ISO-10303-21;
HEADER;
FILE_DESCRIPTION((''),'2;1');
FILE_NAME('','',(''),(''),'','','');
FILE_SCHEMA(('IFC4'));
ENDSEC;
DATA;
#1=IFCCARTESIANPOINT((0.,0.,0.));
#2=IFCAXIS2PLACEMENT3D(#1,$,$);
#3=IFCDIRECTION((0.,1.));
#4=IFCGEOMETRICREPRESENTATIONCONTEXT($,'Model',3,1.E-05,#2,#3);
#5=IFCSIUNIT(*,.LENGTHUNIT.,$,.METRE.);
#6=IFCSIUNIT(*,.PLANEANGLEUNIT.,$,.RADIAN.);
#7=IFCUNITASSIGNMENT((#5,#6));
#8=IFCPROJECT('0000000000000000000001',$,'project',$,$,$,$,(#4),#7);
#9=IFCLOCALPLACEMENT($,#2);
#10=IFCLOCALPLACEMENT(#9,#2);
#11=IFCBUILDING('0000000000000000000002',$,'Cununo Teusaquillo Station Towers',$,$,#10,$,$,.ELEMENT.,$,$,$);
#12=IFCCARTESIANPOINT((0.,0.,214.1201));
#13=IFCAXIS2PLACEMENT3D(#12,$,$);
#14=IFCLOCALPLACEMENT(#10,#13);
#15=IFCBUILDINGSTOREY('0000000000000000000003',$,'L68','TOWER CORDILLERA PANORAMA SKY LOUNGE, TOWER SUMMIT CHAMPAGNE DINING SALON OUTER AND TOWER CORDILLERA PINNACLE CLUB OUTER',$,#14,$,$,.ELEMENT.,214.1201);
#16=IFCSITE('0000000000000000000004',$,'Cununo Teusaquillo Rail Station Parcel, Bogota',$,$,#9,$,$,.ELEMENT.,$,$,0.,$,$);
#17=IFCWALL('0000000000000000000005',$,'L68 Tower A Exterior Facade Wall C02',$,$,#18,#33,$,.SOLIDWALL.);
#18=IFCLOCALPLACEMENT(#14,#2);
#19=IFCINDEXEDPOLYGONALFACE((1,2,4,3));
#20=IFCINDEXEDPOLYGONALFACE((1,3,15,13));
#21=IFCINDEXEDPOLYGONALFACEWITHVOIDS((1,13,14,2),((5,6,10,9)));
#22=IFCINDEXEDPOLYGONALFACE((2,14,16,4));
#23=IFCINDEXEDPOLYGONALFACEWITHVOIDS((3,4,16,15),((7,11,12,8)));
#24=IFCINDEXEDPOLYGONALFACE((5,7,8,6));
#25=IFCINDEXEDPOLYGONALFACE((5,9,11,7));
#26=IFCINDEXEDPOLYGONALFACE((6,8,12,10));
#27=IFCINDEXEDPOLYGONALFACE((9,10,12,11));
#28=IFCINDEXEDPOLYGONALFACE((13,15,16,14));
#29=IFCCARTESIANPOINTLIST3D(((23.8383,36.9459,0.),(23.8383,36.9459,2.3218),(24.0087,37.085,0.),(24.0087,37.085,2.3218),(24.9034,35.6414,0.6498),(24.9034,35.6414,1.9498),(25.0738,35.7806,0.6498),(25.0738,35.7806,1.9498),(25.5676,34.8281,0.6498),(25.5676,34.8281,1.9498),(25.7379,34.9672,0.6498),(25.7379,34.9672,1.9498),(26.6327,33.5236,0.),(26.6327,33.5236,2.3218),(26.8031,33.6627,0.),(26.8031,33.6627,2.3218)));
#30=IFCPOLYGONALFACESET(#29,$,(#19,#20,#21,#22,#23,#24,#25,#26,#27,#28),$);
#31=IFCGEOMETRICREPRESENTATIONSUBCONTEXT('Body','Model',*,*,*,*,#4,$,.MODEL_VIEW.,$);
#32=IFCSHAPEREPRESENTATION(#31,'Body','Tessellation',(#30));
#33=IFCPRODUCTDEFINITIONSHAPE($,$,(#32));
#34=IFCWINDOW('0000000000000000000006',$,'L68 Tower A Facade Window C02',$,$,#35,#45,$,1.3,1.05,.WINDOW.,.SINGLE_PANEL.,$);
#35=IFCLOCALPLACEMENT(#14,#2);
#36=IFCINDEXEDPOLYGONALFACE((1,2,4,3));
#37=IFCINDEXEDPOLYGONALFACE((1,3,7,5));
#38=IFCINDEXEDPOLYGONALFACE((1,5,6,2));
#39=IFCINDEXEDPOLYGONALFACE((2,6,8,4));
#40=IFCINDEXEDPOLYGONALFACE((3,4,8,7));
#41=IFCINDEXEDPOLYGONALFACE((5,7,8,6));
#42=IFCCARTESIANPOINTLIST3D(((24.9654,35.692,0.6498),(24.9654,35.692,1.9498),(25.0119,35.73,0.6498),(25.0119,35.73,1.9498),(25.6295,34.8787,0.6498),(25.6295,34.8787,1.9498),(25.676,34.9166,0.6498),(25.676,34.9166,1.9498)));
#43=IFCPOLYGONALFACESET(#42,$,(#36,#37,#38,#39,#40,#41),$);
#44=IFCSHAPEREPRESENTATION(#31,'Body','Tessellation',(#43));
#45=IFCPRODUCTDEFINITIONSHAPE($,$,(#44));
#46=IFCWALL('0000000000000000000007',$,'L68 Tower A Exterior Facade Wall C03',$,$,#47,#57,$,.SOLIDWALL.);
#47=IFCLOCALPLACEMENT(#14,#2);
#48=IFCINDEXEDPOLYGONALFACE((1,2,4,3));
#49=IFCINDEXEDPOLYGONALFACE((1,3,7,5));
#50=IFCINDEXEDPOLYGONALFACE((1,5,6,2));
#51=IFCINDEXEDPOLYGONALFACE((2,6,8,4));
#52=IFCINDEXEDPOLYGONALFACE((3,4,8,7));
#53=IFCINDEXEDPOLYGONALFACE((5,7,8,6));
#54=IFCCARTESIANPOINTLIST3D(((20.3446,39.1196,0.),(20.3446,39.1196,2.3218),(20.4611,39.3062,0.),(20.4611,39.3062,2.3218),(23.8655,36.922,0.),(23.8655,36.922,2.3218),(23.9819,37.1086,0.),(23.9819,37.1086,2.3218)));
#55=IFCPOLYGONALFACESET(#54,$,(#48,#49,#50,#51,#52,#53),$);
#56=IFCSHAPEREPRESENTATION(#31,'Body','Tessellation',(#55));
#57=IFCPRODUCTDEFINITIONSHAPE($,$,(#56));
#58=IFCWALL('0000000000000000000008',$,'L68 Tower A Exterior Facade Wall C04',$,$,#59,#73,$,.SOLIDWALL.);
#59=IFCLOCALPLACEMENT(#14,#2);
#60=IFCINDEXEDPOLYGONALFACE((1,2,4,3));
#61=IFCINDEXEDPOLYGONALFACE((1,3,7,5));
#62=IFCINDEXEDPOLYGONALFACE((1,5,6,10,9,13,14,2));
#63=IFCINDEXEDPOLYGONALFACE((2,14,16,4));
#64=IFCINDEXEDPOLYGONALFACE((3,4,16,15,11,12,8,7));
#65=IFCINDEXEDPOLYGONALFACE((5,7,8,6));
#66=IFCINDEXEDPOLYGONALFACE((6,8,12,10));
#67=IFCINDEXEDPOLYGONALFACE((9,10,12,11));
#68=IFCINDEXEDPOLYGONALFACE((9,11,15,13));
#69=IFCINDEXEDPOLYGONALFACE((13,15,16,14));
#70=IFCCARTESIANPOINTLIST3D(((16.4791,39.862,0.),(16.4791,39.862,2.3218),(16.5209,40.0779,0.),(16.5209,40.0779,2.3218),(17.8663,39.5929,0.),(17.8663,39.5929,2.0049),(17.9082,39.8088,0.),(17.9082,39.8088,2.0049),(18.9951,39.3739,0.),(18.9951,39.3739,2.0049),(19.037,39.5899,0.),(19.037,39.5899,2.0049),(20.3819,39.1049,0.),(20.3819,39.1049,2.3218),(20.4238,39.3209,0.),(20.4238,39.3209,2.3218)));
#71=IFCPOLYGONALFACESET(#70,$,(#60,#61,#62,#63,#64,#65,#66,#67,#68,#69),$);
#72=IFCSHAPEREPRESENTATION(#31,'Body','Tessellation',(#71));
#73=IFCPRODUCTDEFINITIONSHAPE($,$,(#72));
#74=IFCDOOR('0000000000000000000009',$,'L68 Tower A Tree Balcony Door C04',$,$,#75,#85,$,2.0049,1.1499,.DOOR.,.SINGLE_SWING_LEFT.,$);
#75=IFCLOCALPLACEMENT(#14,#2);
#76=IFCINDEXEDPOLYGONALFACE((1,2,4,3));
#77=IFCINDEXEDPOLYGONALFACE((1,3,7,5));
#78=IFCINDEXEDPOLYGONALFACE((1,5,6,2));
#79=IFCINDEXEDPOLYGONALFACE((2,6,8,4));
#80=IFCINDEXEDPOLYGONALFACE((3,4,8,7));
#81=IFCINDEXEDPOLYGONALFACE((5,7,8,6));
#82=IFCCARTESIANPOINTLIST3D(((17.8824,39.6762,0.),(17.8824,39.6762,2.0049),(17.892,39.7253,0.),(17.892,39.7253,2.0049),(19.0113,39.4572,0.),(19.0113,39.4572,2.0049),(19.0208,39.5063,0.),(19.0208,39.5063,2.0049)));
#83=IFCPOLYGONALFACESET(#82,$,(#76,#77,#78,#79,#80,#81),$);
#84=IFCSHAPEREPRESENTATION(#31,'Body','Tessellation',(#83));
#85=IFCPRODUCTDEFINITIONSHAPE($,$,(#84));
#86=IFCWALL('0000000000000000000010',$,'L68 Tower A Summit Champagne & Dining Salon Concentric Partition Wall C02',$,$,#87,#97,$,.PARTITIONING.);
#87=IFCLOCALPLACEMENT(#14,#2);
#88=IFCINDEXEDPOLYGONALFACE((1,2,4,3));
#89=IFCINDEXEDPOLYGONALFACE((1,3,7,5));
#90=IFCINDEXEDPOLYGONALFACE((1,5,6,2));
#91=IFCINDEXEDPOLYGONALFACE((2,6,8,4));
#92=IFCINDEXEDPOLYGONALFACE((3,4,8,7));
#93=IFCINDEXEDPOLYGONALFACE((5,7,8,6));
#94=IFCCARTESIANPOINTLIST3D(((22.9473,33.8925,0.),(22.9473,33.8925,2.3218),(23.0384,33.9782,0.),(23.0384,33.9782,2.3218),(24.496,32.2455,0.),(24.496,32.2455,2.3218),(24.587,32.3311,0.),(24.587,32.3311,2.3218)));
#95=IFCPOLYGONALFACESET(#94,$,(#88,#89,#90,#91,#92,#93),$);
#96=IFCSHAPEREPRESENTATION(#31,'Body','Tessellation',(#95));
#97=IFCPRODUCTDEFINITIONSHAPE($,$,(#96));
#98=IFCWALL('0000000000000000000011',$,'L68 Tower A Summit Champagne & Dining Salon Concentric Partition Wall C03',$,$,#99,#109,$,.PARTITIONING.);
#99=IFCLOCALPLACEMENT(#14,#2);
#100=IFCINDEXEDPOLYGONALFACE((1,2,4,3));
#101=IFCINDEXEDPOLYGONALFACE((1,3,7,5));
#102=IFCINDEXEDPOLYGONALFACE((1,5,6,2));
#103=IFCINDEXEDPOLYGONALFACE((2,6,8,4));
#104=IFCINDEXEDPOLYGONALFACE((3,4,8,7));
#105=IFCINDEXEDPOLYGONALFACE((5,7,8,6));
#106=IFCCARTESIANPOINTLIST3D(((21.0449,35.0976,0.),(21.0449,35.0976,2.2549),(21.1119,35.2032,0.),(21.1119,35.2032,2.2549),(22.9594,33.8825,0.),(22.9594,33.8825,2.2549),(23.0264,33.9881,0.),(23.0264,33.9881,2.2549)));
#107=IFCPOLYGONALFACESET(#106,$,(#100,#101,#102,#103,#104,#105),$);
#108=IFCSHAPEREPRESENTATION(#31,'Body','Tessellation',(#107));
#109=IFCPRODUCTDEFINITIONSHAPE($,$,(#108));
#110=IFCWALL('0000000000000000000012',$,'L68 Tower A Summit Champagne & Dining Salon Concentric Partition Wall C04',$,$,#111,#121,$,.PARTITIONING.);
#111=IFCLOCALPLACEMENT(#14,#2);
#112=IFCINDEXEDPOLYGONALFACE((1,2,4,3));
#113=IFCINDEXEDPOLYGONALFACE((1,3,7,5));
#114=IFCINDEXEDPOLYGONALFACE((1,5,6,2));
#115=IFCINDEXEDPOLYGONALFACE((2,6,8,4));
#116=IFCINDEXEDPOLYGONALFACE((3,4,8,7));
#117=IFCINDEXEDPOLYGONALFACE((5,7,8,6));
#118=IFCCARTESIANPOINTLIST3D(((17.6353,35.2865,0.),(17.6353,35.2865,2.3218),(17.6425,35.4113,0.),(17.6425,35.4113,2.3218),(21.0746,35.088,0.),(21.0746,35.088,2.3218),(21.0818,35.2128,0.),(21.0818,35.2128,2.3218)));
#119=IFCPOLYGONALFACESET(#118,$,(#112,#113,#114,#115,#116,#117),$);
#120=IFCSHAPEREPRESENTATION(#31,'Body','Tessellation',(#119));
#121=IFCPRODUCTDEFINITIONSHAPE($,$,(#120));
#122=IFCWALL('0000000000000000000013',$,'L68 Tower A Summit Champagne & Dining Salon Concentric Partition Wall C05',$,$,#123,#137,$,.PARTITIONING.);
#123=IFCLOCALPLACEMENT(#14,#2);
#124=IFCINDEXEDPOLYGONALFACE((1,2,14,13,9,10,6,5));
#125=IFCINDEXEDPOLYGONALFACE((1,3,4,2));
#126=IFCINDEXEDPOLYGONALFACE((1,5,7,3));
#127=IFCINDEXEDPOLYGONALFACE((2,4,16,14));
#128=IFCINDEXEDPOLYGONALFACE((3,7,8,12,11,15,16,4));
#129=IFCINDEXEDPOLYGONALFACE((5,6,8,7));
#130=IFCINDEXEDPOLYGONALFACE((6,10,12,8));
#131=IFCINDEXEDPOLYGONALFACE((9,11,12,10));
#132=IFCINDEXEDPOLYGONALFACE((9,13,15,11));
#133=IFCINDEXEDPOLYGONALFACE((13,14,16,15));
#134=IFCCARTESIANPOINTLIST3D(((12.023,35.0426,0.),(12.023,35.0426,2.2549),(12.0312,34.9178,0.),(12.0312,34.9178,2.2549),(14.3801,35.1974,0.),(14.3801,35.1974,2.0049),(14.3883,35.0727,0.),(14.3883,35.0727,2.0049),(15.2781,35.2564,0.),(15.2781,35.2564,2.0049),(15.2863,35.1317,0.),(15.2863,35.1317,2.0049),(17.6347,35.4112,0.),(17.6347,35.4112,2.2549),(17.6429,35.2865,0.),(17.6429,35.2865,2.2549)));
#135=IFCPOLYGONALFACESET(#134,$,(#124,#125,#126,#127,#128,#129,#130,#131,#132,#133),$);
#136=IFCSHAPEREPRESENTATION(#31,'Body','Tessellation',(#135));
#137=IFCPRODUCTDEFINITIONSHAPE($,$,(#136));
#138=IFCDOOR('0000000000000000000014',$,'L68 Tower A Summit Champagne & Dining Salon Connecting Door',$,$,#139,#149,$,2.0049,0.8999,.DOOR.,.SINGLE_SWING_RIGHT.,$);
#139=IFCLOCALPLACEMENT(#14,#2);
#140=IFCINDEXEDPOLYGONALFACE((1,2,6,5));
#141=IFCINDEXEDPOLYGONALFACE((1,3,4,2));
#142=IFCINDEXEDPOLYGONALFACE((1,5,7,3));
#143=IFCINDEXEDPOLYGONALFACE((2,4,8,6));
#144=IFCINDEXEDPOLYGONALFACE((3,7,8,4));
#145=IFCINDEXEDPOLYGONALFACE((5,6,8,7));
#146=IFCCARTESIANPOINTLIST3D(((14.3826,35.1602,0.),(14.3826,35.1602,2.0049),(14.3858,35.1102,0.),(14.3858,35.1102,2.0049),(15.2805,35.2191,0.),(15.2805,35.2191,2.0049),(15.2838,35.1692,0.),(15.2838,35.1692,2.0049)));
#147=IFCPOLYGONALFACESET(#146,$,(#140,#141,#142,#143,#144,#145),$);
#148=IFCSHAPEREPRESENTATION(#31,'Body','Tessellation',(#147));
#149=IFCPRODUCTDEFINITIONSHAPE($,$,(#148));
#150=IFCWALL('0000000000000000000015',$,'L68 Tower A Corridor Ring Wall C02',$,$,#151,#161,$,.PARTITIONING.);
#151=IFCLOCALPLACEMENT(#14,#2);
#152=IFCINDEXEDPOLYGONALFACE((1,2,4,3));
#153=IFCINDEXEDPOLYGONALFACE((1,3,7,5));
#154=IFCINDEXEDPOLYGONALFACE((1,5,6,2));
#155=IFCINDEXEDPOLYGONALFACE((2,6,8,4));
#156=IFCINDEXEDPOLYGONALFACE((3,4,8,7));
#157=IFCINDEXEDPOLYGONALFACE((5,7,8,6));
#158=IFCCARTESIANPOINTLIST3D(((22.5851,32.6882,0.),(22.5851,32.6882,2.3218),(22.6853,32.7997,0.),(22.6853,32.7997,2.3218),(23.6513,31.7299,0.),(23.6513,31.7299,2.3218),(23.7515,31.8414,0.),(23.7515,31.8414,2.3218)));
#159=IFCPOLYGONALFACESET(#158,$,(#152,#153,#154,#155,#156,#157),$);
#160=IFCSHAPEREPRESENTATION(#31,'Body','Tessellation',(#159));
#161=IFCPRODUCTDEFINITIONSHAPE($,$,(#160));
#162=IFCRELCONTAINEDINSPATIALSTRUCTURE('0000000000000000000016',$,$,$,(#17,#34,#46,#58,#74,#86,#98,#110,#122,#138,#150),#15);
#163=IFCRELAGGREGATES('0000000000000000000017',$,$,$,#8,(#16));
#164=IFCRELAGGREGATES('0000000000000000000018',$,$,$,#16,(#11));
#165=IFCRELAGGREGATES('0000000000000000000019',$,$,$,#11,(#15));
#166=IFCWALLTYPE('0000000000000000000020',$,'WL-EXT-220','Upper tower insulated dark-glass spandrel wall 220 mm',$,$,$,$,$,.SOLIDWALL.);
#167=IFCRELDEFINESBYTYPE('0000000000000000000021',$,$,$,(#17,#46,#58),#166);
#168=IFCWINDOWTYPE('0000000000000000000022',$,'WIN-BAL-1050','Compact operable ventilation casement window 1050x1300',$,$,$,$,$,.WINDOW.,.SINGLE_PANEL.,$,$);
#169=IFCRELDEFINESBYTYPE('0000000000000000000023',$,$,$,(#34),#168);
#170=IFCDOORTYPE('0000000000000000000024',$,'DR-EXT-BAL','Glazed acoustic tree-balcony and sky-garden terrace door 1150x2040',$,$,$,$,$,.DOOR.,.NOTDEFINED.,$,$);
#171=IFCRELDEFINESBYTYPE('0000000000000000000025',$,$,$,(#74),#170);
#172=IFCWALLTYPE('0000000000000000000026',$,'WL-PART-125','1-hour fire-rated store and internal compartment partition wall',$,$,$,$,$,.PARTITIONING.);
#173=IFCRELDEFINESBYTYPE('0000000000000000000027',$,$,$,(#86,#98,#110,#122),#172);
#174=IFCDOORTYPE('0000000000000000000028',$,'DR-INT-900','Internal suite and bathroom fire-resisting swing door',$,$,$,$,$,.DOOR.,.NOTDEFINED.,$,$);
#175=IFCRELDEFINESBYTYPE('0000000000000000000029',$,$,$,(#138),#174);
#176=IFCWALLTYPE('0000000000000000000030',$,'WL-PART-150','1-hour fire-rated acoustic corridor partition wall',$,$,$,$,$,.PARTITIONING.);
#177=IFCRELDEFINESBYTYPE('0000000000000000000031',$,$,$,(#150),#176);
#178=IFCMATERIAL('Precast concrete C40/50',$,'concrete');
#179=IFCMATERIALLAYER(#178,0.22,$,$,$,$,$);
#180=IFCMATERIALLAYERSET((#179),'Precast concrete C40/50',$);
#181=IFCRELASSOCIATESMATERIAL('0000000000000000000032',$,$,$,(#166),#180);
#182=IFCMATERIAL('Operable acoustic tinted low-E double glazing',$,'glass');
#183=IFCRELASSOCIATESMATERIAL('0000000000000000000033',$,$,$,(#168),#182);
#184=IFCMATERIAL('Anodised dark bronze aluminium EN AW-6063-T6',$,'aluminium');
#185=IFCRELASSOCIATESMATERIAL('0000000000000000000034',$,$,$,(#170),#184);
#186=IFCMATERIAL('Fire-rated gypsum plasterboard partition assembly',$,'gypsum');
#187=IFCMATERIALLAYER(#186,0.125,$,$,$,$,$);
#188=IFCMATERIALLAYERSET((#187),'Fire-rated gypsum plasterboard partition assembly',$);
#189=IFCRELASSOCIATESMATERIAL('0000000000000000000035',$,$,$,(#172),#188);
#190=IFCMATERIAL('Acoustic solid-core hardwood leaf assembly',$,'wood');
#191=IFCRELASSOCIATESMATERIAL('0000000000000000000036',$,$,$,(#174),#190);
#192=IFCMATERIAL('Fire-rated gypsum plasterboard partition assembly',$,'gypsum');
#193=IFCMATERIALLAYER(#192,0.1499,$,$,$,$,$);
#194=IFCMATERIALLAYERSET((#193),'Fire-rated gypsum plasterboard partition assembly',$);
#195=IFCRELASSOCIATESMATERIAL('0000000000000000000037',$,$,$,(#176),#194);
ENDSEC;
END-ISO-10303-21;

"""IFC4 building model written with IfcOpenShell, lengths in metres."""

from ifc_helpers import new_model, si_unit, direction, frame, frame_2d, origin, place, context, subcontext, project, spatial, rectangle, extrude, source, transform, mapped, material, layer, layer_set, type_object, element, fill, save


model = new_model("IFC4")

# Units and contexts
model_context = context("Model", 3, precision=1e-05, world=origin(), true_north=direction((0.0, 1.0)))
body_context = subcontext(model_context, "Body", "Model", "MODEL_VIEW")
ifc_project = project(units=[si_unit("LENGTHUNIT", "METRE"), si_unit("PLANEANGLEUNIT", "RADIAN")], contexts=[model_context])

# Site, building, storey
site_placement = place(None, origin())
site = spatial("IfcSite", under=ifc_project, at=site_placement, Name="Cununo Teusaquillo Rail Station Parcel, Bogota", CompositionType="ELEMENT", RefElevation=0.0)
building_placement = place(site_placement, origin())
building = spatial("IfcBuilding", under=site, at=building_placement, Name="Cununo Teusaquillo Station Towers", CompositionType="ELEMENT")
storey_placement = place(building_placement, frame((0.0, 0.0, 214.1201)))
storey = spatial("IfcBuildingStorey", under=building, at=storey_placement, Name="L68", Description="TOWER CORDILLERA PANORAMA SKY LOUNGE, TOWER SUMMIT CHAMPAGNE DINING SALON OUTER AND TOWER CORDILLERA PINNACLE CLUB OUTER", CompositionType="ELEMENT", Elevation=214.1201)

# Shared definitions
ifc_material_1 = material(Name="Precast concrete C40/50", Category="concrete")
ifc_layer_1 = layer(ifc_material_1, 0.22)
ifc_layer_set_1 = layer_set([ifc_layer_1], Name="Precast concrete C40/50")
wall_type_1 = type_object("IfcWallType", Name="WL-EXT-220", Description="Upper tower insulated dark-glass spandrel wall 220 mm", PredefinedType="SOLIDWALL", material=ifc_layer_set_1)

# Wall, opening, window
wall_1_placement = place(storey_placement, frame((23.9236, 37.0154, 0.0), z_axis=(0.0, 0.0, 1.0), x_axis=(0.632467, -0.774587, 0.0)))
wall_1 = element("IfcWall", 1, at=wall_1_placement, inside=storey, type_object=wall_type_1, Name="L68 Tower A Exterior Facade Wall C02", PredefinedType="SOLIDWALL", context=body_context, shape_type="SweptSolid", body=[
    extrude(rectangle(XDim=4.4182, YDim=0.22, at=frame_2d((2.209, 0.0))), origin(), (0.0, 0.0, 1.0), 2.3218),
])
shared_shape_1 = source(origin(), body_context, "Body", "SweptSolid", [
    extrude(rectangle(XDim=1.05, YDim=1.3, at=frame_2d((0.5249, 0.6499))), frame((0.0, 0.1199, 0.0), z_axis=(0.0, -1.0, 0.0), x_axis=(1.0, 0.0, 0.0)), (0.0, 0.0, 1.0), 0.24),
])
opening_1_placement = place(wall_1_placement, frame((1.6841, 0.0, 0.6499)))
opening_1 = element("IfcOpeningElement", 2, at=opening_1_placement, cuts=wall_1, PredefinedType="OPENING", context=body_context, shape_type="MappedRepresentation", body=[
    mapped(shared_shape_1, transform((0.0, 0.0, 0.0), x_axis=(1.0, 0.0, 0.0), y_axis=(0.0, 1.0, 0.0), z_axis=(0.0, 0.0, 1.0), scale=1.0)),
])
ifc_material_2 = material(Name="Operable acoustic tinted low-E double glazing", Category="glass")
window_type = type_object("IfcWindowType", Name="WIN-BAL-1050", Description="Compact operable ventilation casement window 1050x1300", PartitioningType="SINGLE_PANEL", PredefinedType="WINDOW", material=ifc_material_2)
shared_shape_2 = source(origin(), body_context, "Body", "SweptSolid", [
    extrude(rectangle(XDim=1.05, YDim=1.3, at=frame_2d((0.5249, 0.6499))), frame((0.0, 0.03, 0.0), z_axis=(0.0, -1.0, 0.0), x_axis=(1.0, 0.0, 0.0)), (0.0, 0.0, 1.0), 0.0601),
])
window_placement = place(opening_1_placement, origin())
window = element("IfcWindow", 3, at=window_placement, inside=storey, type_object=window_type, Name="L68 Tower A Facade Window C02", OverallHeight=1.3, OverallWidth=1.05, PartitioningType="SINGLE_PANEL", PredefinedType="WINDOW", context=body_context, shape_type="MappedRepresentation", body=[
    mapped(shared_shape_2, transform((0.0, 0.0, 0.0), x_axis=(1.0, 0.0, 0.0), y_axis=(0.0, 1.0, 0.0), z_axis=(0.0, 0.0, 1.0), scale=1.0)),
])
fill(opening_1, window)

# Wall
wall_2_placement = place(storey_placement, frame((20.4028, 39.2129, 0.0), z_axis=(0.0, 0.0, 1.0), x_axis=(0.848319, -0.529486, 0.0)))
element("IfcWall", 4, at=wall_2_placement, inside=storey, type_object=wall_type_1, Name="L68 Tower A Exterior Facade Wall C03", PredefinedType="SOLIDWALL", context=body_context, shape_type="SweptSolid", body=[
    extrude(rectangle(XDim=4.1504, YDim=0.22, at=frame_2d((2.0752, 0.0))), origin(), (0.0, 0.0, 1.0), 2.3218),
])

# Wall, opening, door
wall_3_placement = place(storey_placement, frame((16.5, 39.97, 0.0), z_axis=(0.0, 0.0, 1.0), x_axis=(0.9817, -0.190432, 0.0)))
wall_3 = element("IfcWall", 5, at=wall_3_placement, inside=storey, type_object=wall_type_1, Name="L68 Tower A Exterior Facade Wall C04", PredefinedType="SOLIDWALL", context=body_context, shape_type="SweptSolid", body=[
    extrude(rectangle(XDim=3.9756, YDim=0.22, at=frame_2d((1.9878, 0.0))), origin(), (0.0, 0.0, 1.0), 2.3218),
])
shared_shape_3 = source(origin(), body_context, "Body", "SweptSolid", [
    extrude(rectangle(XDim=1.1499, YDim=2.0049, at=frame_2d((0.575, 1.0024))), frame((0.0, 0.1199, 0.0), z_axis=(0.0, -1.0, 0.0), x_axis=(1.0, 0.0, 0.0)), (0.0, 0.0, 1.0), 0.24),
])
opening_2_placement = place(wall_3_placement, frame((1.4131, 0.0, 0.0)))
opening_2 = element("IfcOpeningElement", 6, at=opening_2_placement, cuts=wall_3, PredefinedType="OPENING", context=body_context, shape_type="MappedRepresentation", body=[
    mapped(shared_shape_3, transform((0.0, 0.0, 0.0), x_axis=(1.0, 0.0, 0.0), y_axis=(0.0, 1.0, 0.0), z_axis=(0.0, 0.0, 1.0), scale=1.0)),
])
ifc_material_3 = material(Name="Anodised dark bronze aluminium EN AW-6063-T6", Category="aluminium")
door_type_1 = type_object("IfcDoorType", Name="DR-EXT-BAL", Description="Glazed acoustic tree-balcony and sky-garden terrace door 1150x2040", OperationType="NOTDEFINED", PredefinedType="DOOR", material=ifc_material_3)
shared_shape_4 = source(origin(), body_context, "Body", "SweptSolid", [
    extrude(rectangle(XDim=1.1499, YDim=2.0049, at=frame_2d((0.575, 1.0024))), frame((0.0, 0.0249, 0.0), z_axis=(0.0, -1.0, 0.0), x_axis=(1.0, 0.0, 0.0)), (0.0, 0.0, 1.0), 0.05),
])
door_1_placement = place(opening_2_placement, origin())
door_1 = element("IfcDoor", 7, at=door_1_placement, inside=storey, type_object=door_type_1, Name="L68 Tower A Tree Balcony Door C04", OperationType="SINGLE_SWING_LEFT", OverallHeight=2.0049, OverallWidth=1.1499, PredefinedType="DOOR", context=body_context, shape_type="MappedRepresentation", body=[
    mapped(shared_shape_4, transform((0.0, 0.0, 0.0), x_axis=(1.0, 0.0, 0.0), y_axis=(0.0, 1.0, 0.0), z_axis=(0.0, 0.0, 1.0), scale=1.0)),
])
fill(opening_2, door_1)

# Walls
ifc_material_4 = material(Name="Fire-rated gypsum plasterboard partition assembly", Category="gypsum")
ifc_layer_2 = layer(ifc_material_4, 0.125)
ifc_layer_set_2 = layer_set([ifc_layer_2], Name="Fire-rated gypsum plasterboard partition assembly")
wall_type_2 = type_object("IfcWallType", Name="WL-PART-125", Description="1-hour fire-rated store and internal compartment partition wall", PredefinedType="PARTITIONING", material=ifc_layer_set_2)
wall_4_placement = place(storey_placement, frame((24.5415, 32.2883, 0.0), z_axis=(0.0, 0.0, 1.0), x_axis=(-0.685011, 0.728533, 0.0)))
element("IfcWall", 8, at=wall_4_placement, inside=storey, type_object=wall_type_2, Name="L68 Tower A Summit Champagne & Dining Salon Concentric Partition Wall C02", PredefinedType="PARTITIONING", context=body_context, shape_type="SweptSolid", body=[
    extrude(rectangle(XDim=2.2607, YDim=0.125, at=frame_2d((1.1304, 0.0))), origin(), (0.0, 0.0, 1.0), 2.3218),
])
wall_5_placement = place(storey_placement, frame((22.9929, 33.9353, 0.0), z_axis=(0.0, 0.0, 1.0), x_axis=(-0.844313, 0.535851, 0.0)))
element("IfcWall", 9, at=wall_5_placement, inside=storey, type_object=wall_type_2, Name="L68 Tower A Summit Champagne & Dining Salon Concentric Partition Wall C03", PredefinedType="PARTITIONING", context=body_context, shape_type="SweptSolid", body=[
    extrude(rectangle(XDim=2.2676, YDim=0.125, at=frame_2d((1.1338, 0.0))), origin(), (0.0, 0.0, 1.0), 2.2549),
])
wall_6_placement = place(storey_placement, frame((21.0784, 35.1504, 0.0), z_axis=(0.0, 0.0, 1.0), x_axis=(-0.998339, 0.057613, 0.0)))
element("IfcWall", 10, at=wall_6_placement, inside=storey, type_object=wall_type_2, Name="L68 Tower A Summit Champagne & Dining Salon Concentric Partition Wall C04", PredefinedType="PARTITIONING", context=body_context, shape_type="SweptSolid", body=[
    extrude(rectangle(XDim=3.4451, YDim=0.125, at=frame_2d((1.7227, 0.0))), origin(), (0.0, 0.0, 1.0), 2.3218),
])

# Wall, opening, door
wall_7_placement = place(storey_placement, frame((17.6389, 35.3489, 0.0), z_axis=(0.0, 0.0, 1.0), x_axis=(-0.997849, -0.065554, 0.0)))
wall_7 = element("IfcWall", 11, at=wall_7_placement, inside=storey, type_object=wall_type_2, Name="L68 Tower A Summit Champagne & Dining Salon Concentric Partition Wall C05", PredefinedType="PARTITIONING", context=body_context, shape_type="SweptSolid", body=[
    extrude(rectangle(XDim=5.6238, YDim=0.125, at=frame_2d((2.812, 0.0))), origin(), (0.0, 0.0, 1.0), 2.2549),
])
shared_shape_5 = source(origin(), body_context, "Body", "SweptSolid", [
    extrude(rectangle(XDim=0.8999, YDim=2.0049, at=frame_2d((0.45, 1.0024))), frame((0.0, 0.0725, 0.0), z_axis=(0.0, -1.0, 0.0), x_axis=(1.0, 0.0, 0.0)), (0.0, 0.0, 1.0), 0.145),
])
opening_3_placement = place(wall_7_placement, frame((2.3618, 0.0, 0.0)))
opening_3 = element("IfcOpeningElement", 12, at=opening_3_placement, cuts=wall_7, PredefinedType="OPENING", context=body_context, shape_type="MappedRepresentation", body=[
    mapped(shared_shape_5, transform((0.0, 0.0, 0.0), x_axis=(1.0, 0.0, 0.0), y_axis=(0.0, 1.0, 0.0), z_axis=(0.0, 0.0, 1.0), scale=1.0)),
])
ifc_material_5 = material(Name="Acoustic solid-core hardwood leaf assembly", Category="wood")
door_type_2 = type_object("IfcDoorType", Name="DR-INT-900", Description="Internal suite and bathroom fire-resisting swing door", OperationType="NOTDEFINED", PredefinedType="DOOR", material=ifc_material_5)
shared_shape_6 = source(origin(), body_context, "Body", "SweptSolid", [
    extrude(rectangle(XDim=0.8999, YDim=2.0049, at=frame_2d((0.45, 1.0024))), frame((0.0, 0.0249, 0.0), z_axis=(0.0, -1.0, 0.0), x_axis=(1.0, 0.0, 0.0)), (0.0, 0.0, 1.0), 0.05),
])
door_2_placement = place(opening_3_placement, origin())
door_2 = element("IfcDoor", 13, at=door_2_placement, inside=storey, type_object=door_type_2, Name="L68 Tower A Summit Champagne & Dining Salon Connecting Door", OperationType="SINGLE_SWING_RIGHT", OverallHeight=2.0049, OverallWidth=0.8999, PredefinedType="DOOR", context=body_context, shape_type="MappedRepresentation", body=[
    mapped(shared_shape_6, transform((0.0, 0.0, 0.0), x_axis=(1.0, 0.0, 0.0), y_axis=(0.0, 1.0, 0.0), z_axis=(0.0, 0.0, 1.0), scale=1.0)),
])
fill(opening_3, door_2)

# Wall
ifc_material_6 = material(Name="Fire-rated gypsum plasterboard partition assembly", Category="gypsum")
ifc_layer_3 = layer(ifc_material_6, 0.1499)
ifc_layer_set_3 = layer_set([ifc_layer_3], Name="Fire-rated gypsum plasterboard partition assembly")
wall_type_3 = type_object("IfcWallType", Name="WL-PART-150", Description="1-hour fire-rated acoustic corridor partition wall", PredefinedType="PARTITIONING", material=ifc_layer_set_3)
wall_8_placement = place(storey_placement, frame((23.7014, 31.7856, 0.0), z_axis=(0.0, 0.0, 1.0), x_axis=(-0.743743, 0.668466, 0.0)))
element("IfcWall", 14, at=wall_8_placement, inside=storey, type_object=wall_type_3, Name="L68 Tower A Corridor Ring Wall C02", PredefinedType="PARTITIONING", context=body_context, shape_type="SweptSolid", body=[
    extrude(rectangle(XDim=1.4336, YDim=0.1499, at=frame_2d((0.7168, 0.0))), origin(), (0.0, 0.0, 1.0), 2.3218),
])

save(model, "model.ifc")
